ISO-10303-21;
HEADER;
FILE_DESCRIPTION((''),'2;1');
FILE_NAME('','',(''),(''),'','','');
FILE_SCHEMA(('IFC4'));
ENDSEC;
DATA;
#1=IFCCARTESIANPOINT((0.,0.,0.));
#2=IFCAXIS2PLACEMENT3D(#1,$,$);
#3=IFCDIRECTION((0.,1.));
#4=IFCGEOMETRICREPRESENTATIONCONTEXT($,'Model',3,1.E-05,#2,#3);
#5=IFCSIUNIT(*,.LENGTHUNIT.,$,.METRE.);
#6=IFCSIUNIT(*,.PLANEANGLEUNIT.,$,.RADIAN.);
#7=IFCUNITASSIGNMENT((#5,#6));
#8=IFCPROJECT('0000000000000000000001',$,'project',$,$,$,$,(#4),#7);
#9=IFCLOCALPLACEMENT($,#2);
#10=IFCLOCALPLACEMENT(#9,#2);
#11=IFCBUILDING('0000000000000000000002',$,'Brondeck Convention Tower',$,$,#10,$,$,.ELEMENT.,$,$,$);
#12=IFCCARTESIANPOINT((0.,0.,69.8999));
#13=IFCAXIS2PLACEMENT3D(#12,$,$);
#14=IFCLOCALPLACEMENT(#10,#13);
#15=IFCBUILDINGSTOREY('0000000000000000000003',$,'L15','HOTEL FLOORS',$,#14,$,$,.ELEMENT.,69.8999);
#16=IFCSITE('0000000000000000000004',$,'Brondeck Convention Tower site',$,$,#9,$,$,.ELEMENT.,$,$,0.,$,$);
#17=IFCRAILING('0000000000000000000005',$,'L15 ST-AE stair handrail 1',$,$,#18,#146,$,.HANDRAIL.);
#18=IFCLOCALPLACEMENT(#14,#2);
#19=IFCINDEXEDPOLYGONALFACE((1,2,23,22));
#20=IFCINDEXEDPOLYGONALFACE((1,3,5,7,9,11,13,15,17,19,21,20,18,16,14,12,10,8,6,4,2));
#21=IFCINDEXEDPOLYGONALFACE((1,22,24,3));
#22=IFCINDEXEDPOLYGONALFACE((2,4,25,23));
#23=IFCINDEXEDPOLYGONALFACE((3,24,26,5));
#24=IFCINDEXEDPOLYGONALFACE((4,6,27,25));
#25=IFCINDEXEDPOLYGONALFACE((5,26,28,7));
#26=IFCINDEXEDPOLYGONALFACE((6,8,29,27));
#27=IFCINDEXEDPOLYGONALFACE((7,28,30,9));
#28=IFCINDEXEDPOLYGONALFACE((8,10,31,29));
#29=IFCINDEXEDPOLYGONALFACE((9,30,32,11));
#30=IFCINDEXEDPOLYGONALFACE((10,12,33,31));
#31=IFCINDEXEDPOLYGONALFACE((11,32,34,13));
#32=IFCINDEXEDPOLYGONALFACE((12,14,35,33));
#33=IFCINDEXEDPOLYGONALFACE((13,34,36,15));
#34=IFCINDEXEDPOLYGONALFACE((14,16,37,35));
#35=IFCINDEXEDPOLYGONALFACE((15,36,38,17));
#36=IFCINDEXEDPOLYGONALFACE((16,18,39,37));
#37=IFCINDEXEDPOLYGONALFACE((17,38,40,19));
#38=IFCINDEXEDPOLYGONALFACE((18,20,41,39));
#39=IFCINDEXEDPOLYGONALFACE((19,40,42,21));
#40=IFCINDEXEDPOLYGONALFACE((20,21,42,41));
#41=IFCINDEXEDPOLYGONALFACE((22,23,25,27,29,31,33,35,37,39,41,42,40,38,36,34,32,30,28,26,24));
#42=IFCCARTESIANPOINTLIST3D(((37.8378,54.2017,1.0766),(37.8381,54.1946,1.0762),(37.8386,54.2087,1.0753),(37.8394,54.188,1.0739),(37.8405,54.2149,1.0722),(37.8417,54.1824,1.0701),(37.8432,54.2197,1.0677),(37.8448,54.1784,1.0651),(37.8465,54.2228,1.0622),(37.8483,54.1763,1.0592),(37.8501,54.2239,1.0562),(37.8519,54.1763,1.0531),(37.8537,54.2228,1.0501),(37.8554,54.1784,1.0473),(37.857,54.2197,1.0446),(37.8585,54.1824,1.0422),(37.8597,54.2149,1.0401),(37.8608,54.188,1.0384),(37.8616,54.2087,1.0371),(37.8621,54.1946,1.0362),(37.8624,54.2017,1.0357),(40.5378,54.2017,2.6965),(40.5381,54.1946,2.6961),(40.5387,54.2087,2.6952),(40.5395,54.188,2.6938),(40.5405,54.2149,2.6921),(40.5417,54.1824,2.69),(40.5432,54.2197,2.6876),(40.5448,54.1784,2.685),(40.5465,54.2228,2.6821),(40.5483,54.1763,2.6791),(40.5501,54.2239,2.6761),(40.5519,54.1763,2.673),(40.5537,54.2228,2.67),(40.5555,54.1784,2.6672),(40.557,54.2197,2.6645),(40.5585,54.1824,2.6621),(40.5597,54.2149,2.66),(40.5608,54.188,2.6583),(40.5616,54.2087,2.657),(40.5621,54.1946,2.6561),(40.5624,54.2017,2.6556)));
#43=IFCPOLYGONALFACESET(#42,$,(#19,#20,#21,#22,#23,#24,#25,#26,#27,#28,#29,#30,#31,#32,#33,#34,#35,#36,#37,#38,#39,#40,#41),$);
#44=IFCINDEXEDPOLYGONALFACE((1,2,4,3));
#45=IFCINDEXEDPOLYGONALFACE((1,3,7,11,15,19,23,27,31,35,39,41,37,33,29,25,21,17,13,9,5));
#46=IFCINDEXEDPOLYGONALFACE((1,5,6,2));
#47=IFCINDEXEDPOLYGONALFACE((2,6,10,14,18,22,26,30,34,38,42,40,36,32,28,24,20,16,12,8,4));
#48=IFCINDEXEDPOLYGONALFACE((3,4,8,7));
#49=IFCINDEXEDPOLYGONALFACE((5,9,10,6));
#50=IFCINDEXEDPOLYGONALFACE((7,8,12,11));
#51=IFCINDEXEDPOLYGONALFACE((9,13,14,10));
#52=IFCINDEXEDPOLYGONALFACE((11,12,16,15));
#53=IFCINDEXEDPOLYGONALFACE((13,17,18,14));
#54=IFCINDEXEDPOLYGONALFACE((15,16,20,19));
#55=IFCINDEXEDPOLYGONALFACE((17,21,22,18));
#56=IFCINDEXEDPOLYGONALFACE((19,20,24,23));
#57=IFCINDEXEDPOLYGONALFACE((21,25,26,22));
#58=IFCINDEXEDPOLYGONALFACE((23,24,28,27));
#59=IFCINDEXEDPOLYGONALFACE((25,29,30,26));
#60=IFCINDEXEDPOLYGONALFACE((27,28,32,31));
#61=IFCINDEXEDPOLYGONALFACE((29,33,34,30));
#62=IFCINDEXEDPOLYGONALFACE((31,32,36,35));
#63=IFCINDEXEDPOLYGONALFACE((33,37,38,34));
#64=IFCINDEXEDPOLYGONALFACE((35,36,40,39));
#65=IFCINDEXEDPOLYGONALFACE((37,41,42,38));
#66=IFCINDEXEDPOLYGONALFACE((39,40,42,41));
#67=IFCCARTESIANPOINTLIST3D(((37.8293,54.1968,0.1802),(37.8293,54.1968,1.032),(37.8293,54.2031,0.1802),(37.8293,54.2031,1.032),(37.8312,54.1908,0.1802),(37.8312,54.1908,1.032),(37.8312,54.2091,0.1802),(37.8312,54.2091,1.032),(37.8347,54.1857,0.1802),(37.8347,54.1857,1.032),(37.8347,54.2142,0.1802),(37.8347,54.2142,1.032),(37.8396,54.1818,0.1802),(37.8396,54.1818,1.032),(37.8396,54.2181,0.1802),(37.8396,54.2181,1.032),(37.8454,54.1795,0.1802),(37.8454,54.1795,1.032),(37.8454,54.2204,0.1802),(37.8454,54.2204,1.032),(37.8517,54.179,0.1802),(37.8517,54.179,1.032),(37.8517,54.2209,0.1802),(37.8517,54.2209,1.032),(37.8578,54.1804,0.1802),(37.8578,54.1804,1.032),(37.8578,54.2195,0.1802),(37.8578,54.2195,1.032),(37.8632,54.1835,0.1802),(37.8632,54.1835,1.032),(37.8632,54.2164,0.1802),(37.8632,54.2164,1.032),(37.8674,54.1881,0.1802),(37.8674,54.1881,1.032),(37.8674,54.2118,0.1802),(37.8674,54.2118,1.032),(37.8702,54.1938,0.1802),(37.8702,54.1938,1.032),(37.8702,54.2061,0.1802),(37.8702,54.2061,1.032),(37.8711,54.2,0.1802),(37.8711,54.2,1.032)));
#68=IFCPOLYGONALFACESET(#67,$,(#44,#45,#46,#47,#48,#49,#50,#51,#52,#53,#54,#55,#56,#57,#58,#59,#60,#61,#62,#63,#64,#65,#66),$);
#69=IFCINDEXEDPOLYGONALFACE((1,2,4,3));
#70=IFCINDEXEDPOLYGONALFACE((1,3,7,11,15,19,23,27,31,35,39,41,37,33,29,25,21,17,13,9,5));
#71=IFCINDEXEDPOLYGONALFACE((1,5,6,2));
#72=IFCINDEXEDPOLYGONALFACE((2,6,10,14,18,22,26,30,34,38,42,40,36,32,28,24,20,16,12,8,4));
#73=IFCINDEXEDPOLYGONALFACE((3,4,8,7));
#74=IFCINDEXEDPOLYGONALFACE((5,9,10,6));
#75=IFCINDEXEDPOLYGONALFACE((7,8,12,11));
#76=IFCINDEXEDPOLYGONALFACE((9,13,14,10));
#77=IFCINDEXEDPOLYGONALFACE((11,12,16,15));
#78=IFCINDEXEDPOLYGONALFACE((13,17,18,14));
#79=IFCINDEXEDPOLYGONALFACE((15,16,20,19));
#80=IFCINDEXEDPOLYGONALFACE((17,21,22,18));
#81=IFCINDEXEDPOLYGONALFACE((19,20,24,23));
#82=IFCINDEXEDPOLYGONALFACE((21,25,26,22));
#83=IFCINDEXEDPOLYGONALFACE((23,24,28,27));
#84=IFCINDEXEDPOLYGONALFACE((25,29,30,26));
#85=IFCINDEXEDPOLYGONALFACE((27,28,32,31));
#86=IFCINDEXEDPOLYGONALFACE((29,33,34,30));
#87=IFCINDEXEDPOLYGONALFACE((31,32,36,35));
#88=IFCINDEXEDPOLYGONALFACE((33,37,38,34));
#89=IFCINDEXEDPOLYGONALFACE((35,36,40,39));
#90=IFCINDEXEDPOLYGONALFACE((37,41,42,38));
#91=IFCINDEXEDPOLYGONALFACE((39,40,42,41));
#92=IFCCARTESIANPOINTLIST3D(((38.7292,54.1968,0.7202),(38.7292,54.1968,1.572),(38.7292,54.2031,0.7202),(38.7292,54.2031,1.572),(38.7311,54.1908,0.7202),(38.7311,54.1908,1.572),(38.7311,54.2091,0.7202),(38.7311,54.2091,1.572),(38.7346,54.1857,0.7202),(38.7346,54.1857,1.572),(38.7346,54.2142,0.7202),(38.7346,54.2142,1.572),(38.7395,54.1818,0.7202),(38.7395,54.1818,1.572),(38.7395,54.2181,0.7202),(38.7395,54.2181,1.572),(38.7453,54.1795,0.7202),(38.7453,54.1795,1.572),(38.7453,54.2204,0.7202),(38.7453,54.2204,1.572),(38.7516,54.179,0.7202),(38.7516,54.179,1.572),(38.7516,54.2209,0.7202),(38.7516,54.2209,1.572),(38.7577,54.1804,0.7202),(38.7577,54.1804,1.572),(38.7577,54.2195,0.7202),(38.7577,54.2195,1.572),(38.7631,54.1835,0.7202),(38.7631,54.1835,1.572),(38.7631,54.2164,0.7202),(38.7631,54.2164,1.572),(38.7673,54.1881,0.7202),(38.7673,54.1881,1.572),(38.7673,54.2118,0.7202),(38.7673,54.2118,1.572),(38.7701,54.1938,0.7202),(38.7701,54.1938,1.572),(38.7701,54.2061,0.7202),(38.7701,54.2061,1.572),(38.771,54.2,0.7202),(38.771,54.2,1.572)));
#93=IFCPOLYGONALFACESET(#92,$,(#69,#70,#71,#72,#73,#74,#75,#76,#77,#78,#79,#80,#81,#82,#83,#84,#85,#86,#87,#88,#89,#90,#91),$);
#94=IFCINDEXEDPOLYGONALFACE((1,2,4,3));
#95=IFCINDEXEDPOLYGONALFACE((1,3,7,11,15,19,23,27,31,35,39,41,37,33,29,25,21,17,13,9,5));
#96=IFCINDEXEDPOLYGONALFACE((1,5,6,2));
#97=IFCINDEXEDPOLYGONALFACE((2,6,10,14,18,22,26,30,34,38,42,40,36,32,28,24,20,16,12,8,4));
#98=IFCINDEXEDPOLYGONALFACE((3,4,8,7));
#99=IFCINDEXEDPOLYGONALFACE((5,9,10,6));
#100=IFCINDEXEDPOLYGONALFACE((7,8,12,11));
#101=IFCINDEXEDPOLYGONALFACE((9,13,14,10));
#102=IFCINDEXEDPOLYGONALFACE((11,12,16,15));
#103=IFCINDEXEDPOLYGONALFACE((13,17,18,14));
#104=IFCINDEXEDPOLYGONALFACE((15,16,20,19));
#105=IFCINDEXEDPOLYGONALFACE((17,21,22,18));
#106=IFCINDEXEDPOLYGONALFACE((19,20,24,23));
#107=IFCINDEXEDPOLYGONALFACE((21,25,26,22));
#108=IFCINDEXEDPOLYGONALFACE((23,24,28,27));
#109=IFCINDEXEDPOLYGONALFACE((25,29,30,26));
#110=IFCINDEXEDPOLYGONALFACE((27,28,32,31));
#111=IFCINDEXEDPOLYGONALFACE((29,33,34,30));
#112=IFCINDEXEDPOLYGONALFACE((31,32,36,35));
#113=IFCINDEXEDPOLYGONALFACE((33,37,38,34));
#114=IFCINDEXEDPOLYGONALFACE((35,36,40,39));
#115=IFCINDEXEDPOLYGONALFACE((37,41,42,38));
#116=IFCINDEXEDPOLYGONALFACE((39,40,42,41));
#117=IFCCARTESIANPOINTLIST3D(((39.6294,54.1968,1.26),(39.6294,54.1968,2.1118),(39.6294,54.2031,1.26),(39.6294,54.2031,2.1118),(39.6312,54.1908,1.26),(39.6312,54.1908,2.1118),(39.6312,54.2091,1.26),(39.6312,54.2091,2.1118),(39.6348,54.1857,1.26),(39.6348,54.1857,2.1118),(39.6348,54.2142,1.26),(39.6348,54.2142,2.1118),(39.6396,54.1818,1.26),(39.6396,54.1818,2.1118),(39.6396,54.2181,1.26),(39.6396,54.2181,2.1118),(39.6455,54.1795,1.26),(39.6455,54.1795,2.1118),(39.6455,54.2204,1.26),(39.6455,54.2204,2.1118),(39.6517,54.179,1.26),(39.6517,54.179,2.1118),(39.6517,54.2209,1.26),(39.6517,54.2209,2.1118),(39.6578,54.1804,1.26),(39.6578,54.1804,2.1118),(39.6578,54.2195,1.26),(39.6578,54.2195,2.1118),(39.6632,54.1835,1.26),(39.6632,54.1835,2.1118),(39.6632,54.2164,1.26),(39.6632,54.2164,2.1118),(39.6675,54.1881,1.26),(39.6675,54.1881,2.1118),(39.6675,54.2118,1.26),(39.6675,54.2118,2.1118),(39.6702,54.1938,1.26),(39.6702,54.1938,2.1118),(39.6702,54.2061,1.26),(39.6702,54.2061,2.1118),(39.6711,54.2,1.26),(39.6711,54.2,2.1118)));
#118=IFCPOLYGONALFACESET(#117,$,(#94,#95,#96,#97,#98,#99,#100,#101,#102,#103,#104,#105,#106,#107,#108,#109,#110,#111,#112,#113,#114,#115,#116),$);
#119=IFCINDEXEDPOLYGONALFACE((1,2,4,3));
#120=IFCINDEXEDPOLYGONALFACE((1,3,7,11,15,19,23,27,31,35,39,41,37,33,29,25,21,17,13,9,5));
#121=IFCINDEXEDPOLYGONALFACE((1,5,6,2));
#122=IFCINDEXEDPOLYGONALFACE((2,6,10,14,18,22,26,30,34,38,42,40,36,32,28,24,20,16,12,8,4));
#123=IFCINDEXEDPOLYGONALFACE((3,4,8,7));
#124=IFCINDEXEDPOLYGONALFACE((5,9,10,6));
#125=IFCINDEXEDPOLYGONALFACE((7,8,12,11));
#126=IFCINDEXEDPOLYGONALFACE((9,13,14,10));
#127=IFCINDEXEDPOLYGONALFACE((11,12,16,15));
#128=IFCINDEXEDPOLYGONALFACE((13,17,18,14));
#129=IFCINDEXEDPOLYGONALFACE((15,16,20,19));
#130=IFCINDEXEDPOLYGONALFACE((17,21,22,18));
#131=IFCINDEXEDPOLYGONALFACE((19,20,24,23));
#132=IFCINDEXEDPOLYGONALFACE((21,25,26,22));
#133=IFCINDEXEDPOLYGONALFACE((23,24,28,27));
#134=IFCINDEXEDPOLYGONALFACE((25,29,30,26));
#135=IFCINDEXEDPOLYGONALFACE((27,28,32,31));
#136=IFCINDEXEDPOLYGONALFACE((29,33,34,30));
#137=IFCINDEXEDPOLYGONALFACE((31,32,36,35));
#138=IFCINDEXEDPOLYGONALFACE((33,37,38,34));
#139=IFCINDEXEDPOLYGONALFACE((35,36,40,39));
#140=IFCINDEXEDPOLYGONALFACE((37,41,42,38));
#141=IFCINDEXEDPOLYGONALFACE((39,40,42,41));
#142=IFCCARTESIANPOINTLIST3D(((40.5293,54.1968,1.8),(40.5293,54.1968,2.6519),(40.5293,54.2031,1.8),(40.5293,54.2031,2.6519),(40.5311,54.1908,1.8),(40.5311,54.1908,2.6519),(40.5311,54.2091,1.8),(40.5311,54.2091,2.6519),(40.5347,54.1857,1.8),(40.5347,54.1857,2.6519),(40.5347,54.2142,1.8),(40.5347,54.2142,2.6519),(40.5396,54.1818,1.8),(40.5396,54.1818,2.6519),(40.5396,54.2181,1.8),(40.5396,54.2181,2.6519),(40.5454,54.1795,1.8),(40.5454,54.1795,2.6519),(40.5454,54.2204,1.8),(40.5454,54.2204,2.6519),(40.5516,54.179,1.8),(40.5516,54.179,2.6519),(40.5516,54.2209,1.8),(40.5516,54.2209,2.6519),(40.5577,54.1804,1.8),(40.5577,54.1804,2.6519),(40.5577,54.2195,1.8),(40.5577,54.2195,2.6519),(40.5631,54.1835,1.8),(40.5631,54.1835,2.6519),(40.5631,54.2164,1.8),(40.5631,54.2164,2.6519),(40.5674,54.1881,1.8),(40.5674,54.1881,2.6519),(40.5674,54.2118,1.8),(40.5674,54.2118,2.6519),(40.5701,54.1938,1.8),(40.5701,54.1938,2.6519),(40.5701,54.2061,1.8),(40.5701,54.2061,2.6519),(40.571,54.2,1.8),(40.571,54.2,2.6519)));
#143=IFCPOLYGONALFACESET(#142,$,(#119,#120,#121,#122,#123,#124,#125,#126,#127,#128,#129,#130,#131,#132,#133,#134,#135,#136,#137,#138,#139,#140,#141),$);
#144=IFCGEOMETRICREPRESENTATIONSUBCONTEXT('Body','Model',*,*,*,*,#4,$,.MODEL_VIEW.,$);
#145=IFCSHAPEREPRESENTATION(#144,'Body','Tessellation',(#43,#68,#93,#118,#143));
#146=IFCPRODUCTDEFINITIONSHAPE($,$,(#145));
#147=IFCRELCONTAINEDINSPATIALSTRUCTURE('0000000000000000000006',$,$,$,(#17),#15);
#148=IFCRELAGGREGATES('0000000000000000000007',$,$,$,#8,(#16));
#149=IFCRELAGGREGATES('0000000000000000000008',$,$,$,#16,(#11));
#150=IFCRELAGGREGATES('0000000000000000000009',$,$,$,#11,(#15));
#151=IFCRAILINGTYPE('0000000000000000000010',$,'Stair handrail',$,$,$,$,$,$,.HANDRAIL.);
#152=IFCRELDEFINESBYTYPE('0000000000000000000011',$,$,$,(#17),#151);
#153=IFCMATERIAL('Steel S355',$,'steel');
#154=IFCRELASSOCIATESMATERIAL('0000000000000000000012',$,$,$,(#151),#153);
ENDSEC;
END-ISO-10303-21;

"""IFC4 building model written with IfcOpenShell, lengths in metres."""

from ifc_helpers import new_model, si_unit, direction, frame, origin, origin_2d, place, context, subcontext, project, spatial, circle, extrude, material, type_object, element, save


model = new_model("IFC4")

# Units and contexts
model_context = context("Model", 3, precision=1e-05, world=origin(), true_north=direction((0.0, 1.0)))
body_context = subcontext(model_context, "Body", "Model", "MODEL_VIEW")
ifc_project = project(units=[si_unit("LENGTHUNIT", "METRE"), si_unit("PLANEANGLEUNIT", "RADIAN")], contexts=[model_context])

# Site, building, storey
site_placement = place(None, origin())
site = spatial("IfcSite", under=ifc_project, at=site_placement, Name="Brondeck Convention Tower site", CompositionType="ELEMENT", RefElevation=0.0)
building_placement = place(site_placement, origin())
building = spatial("IfcBuilding", under=site, at=building_placement, Name="Brondeck Convention Tower", CompositionType="ELEMENT")
storey_placement = place(building_placement, frame((0.0, 0.0, 69.8999)))
storey = spatial("IfcBuildingStorey", under=building, at=storey_placement, Name="L15", Description="HOTEL FLOORS", CompositionType="ELEMENT", Elevation=69.8999)

# Shared definitions
ifc_material_1 = material(Name="Steel S355", Category="steel")

# Railing
railing_type_1 = type_object("IfcRailingType", Name="Stair handrail", PredefinedType="HANDRAIL", material=ifc_material_1)
railing_1_placement = place(storey_placement, frame((37.8501, 54.2, 0.1802)))
element("IfcRailing", 1, at=railing_1_placement, inside=storey, type_object=railing_type_1, Name="L15 ST-AE stair handrail 1", PredefinedType="HANDRAIL", context=body_context, shape_type="SweptSolid", body=[
    extrude(circle(Radius=0.0239, at=origin_2d()), frame((0.0, 0.0, 0.876), z_axis=(0.857507, 0.0, 0.514473), x_axis=(0.0, 1.0, 0.0)), (0.0, 0.0, 1.0), 3.1487),
    extrude(circle(Radius=0.021, at=origin_2d()), origin(), (0.0, 0.0, 1.0), 0.8518),
    extrude(circle(Radius=0.021, at=origin_2d()), frame((0.8999, 0.0, 0.54)), (0.0, 0.0, 1.0), 0.8518),
    extrude(circle(Radius=0.021, at=origin_2d()), frame((1.8, 0.0, 1.0798)), (0.0, 0.0, 1.0), 0.8518),
    extrude(circle(Radius=0.021, at=origin_2d()), frame((2.7, 0.0, 1.6199)), (0.0, 0.0, 1.0), 0.8518),
])

save(model, "model.ifc")
